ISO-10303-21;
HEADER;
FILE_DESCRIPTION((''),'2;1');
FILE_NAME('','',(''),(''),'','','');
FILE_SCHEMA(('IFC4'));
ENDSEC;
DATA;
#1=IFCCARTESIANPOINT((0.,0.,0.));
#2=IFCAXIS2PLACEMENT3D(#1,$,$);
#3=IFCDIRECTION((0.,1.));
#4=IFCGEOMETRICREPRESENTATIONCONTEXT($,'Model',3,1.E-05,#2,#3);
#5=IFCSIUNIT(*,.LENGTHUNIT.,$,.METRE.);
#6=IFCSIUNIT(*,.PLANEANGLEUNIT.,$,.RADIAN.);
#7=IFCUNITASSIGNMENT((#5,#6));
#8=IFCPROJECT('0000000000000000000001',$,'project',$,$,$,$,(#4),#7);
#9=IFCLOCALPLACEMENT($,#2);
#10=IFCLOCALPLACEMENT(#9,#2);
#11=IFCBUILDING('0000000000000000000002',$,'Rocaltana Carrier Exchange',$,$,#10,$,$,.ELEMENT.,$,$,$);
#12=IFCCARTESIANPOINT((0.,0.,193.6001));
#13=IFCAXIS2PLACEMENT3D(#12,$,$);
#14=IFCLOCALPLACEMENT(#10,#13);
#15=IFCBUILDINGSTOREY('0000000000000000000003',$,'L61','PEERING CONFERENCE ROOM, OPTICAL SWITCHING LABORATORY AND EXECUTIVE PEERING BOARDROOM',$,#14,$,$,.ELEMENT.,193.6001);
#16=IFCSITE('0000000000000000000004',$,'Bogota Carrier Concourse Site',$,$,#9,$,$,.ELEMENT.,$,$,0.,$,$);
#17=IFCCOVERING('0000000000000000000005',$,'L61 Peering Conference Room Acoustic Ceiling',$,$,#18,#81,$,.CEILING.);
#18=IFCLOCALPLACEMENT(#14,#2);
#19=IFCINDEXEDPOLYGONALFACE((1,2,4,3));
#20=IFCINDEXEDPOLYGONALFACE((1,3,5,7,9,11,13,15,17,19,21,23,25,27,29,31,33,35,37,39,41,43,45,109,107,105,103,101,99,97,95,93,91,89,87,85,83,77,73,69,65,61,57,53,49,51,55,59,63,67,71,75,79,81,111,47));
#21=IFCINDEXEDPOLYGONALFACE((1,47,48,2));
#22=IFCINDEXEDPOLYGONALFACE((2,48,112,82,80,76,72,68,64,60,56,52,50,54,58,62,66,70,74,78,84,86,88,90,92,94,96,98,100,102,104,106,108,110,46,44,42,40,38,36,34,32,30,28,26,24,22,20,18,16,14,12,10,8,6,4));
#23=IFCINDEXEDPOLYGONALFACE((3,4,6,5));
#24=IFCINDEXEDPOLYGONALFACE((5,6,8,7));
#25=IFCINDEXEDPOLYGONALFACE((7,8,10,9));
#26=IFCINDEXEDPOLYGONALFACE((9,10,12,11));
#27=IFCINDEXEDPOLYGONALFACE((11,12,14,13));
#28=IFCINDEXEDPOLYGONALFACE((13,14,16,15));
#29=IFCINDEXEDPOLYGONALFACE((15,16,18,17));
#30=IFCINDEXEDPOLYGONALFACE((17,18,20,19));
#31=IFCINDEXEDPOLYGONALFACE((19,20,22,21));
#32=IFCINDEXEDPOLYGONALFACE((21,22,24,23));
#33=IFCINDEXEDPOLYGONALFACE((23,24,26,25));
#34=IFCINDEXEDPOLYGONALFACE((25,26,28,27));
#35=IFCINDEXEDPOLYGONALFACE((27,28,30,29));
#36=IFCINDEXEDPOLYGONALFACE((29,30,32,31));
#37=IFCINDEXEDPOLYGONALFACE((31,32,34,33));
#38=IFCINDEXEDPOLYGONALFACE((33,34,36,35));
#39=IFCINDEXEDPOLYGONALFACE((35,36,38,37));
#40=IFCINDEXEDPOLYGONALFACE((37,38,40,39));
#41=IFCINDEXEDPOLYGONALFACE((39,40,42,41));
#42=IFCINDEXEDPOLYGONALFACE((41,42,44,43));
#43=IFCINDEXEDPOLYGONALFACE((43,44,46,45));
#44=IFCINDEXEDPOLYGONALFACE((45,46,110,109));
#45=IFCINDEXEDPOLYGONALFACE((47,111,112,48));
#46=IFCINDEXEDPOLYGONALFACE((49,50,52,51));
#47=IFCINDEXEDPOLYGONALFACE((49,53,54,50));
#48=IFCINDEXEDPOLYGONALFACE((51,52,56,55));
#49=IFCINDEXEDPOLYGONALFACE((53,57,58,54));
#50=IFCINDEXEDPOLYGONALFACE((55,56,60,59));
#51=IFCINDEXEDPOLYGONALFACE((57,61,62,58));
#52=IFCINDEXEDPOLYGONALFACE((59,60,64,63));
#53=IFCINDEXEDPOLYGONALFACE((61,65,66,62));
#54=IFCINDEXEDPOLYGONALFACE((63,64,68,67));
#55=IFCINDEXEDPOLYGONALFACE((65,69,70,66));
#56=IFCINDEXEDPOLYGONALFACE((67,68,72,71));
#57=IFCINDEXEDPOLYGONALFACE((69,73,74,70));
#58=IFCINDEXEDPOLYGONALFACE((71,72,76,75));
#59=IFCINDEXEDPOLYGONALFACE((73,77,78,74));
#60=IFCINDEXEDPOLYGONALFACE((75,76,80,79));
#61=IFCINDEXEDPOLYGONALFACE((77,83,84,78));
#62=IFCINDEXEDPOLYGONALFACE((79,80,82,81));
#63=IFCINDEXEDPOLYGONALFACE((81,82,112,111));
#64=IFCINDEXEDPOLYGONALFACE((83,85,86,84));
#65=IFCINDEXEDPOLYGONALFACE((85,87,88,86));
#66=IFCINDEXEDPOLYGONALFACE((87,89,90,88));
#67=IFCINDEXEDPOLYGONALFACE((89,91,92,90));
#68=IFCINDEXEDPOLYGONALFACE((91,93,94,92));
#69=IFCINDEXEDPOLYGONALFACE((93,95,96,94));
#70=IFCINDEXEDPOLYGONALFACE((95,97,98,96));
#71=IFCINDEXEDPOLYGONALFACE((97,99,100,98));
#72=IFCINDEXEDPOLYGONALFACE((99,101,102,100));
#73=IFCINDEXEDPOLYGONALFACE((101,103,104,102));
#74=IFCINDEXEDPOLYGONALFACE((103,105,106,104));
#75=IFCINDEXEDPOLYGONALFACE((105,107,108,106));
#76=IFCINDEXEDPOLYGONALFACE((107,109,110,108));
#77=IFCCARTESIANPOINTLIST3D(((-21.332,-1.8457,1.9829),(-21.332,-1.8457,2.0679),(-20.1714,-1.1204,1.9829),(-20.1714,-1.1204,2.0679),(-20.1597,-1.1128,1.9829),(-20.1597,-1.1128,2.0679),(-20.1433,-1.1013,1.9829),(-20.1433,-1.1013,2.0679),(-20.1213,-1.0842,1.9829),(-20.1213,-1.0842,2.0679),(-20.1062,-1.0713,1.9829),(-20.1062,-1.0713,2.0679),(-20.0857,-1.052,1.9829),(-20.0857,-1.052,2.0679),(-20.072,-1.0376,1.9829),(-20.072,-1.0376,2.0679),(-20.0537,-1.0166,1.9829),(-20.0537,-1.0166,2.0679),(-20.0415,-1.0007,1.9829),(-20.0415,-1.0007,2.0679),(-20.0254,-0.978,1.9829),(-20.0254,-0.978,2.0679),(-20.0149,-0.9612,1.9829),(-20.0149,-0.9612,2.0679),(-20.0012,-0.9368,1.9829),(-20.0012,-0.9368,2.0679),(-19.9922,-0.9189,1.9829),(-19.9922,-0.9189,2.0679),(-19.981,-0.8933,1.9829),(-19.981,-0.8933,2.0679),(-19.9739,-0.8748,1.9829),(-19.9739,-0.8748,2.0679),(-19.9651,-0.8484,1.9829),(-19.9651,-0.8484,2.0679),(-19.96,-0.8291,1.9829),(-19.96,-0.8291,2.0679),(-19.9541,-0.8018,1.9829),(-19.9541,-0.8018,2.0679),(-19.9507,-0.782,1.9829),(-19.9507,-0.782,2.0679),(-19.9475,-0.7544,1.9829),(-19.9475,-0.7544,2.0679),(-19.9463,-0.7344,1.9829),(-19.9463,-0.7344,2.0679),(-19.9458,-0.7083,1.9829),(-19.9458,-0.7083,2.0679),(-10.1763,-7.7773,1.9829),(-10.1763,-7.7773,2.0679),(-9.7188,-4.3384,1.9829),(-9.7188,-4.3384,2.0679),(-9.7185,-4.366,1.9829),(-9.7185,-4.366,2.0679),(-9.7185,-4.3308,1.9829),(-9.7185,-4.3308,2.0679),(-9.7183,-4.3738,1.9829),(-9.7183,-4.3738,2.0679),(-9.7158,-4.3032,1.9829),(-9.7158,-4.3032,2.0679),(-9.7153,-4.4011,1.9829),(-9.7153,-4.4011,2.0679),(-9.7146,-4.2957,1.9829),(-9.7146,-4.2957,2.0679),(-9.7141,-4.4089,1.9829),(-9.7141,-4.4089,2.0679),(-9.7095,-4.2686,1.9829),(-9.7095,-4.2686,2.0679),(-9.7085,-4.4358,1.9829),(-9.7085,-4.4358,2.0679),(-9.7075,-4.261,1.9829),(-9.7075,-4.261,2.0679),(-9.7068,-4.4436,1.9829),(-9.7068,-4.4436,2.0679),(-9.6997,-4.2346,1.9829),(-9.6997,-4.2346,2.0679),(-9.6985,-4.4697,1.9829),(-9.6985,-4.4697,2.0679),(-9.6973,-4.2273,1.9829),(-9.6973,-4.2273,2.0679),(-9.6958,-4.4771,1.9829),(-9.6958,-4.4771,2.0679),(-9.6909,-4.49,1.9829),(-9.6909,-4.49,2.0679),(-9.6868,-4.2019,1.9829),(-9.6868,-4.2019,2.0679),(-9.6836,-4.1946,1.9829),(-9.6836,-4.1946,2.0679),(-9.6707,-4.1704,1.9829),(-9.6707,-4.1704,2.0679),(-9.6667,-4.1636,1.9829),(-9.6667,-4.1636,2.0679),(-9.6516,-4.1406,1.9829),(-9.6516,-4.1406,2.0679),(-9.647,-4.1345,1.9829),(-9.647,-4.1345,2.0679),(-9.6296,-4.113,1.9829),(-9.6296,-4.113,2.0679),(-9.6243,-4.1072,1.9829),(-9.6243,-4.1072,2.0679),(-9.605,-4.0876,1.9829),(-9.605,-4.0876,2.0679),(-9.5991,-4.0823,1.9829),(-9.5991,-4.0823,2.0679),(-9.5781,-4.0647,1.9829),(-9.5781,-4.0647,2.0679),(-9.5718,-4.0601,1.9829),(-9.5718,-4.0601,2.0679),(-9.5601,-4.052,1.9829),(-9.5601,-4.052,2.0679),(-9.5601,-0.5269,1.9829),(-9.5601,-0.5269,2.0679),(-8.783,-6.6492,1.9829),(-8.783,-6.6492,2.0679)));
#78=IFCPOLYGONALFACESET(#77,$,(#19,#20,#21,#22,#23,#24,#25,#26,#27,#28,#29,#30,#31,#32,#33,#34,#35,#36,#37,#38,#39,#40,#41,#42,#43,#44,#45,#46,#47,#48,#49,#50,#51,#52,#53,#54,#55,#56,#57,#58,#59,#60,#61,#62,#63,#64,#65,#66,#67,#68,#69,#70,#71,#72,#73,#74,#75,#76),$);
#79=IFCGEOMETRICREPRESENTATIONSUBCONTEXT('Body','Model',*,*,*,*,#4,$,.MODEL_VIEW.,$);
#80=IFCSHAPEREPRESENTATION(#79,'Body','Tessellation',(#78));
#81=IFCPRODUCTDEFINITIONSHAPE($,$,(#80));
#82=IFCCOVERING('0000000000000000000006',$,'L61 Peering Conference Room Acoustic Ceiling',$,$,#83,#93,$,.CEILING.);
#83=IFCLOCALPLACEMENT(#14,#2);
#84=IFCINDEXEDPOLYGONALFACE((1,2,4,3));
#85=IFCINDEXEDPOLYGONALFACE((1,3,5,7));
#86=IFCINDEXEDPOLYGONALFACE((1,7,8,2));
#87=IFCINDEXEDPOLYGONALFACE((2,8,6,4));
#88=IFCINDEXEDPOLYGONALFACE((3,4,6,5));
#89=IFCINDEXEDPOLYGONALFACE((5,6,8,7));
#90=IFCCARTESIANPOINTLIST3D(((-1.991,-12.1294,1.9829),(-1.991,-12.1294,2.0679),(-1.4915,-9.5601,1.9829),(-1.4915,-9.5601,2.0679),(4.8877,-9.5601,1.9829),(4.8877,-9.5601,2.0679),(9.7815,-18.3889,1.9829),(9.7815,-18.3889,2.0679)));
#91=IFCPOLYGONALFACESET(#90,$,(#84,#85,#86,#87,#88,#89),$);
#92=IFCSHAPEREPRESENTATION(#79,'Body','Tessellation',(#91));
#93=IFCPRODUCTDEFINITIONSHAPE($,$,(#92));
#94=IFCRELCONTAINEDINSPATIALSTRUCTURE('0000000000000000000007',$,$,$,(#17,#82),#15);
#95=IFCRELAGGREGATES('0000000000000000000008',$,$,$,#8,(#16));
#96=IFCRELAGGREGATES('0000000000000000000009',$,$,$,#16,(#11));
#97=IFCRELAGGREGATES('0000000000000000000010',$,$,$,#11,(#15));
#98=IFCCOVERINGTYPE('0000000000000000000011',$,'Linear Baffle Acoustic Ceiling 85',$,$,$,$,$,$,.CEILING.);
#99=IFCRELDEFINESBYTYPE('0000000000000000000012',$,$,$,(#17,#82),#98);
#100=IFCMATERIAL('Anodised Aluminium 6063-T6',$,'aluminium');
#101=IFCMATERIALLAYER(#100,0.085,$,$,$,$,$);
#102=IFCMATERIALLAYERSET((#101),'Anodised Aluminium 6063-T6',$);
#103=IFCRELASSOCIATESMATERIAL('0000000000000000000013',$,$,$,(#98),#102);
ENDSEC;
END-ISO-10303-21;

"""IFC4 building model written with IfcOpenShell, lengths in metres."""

from ifc_helpers import new_model, si_unit, direction, frame, origin, place, context, subcontext, project, spatial, polyline, outline, extrude, material, layer, layer_set, type_object, element, save


model = new_model("IFC4")

# Units and contexts
model_context = context("Model", 3, precision=1e-05, world=origin(), true_north=direction((0.0, 1.0)))
body_context = subcontext(model_context, "Body", "Model", "MODEL_VIEW")
ifc_project = project(units=[si_unit("LENGTHUNIT", "METRE"), si_unit("PLANEANGLEUNIT", "RADIAN")], contexts=[model_context])

# Site, building, storey
site_placement = place(None, origin())
site = spatial("IfcSite", under=ifc_project, at=site_placement, Name="Bogota Carrier Concourse Site", CompositionType="ELEMENT", RefElevation=0.0)
building_placement = place(site_placement, origin())
building = spatial("IfcBuilding", under=site, at=building_placement, Name="Rocaltana Carrier Exchange", CompositionType="ELEMENT")
storey_placement = place(building_placement, frame((0.0, 0.0, 193.6001)))
storey = spatial("IfcBuildingStorey", under=building, at=storey_placement, Name="L61", Description="PEERING CONFERENCE ROOM, OPTICAL SWITCHING LABORATORY AND EXECUTIVE PEERING BOARDROOM", CompositionType="ELEMENT", Elevation=193.6001)

# Coverings
ifc_material_1 = material(Name="Anodised Aluminium 6063-T6", Category="aluminium")
ifc_layer_1 = layer(ifc_material_1, 0.085)
ifc_layer_set_1 = layer_set([ifc_layer_1], Name="Anodised Aluminium 6063-T6")
covering_type_1 = type_object("IfcCoveringType", Name="Linear Baffle Acoustic Ceiling 85", PredefinedType="CEILING", material=ifc_layer_set_1)
covering_1_placement = place(storey_placement, frame((0.0, 0.0, 1.9829)))
element("IfcCovering", 1, at=covering_1_placement, inside=storey, type_object=covering_type_1, Name="L61 Peering Conference Room Acoustic Ceiling", PredefinedType="CEILING", context=body_context, shape_type="SweptSolid", body=[
    extrude(outline(polyline([(-20.1714, -1.1204), (-20.1597, -1.1128), (-20.1433, -1.1013), (-20.1213, -1.0842), (-20.1062, -1.0713), (-20.0857, -1.052), (-20.072, -1.0376), (-20.0537, -1.0166), (-20.0415, -1.0007), (-20.0254, -0.978), (-20.0149, -0.9612), (-20.0012, -0.9368), (-19.9922, -0.9189), (-19.981, -0.8933), (-19.9739, -0.8748), (-19.9651, -0.8484), (-19.96, -0.8291), (-19.9541, -0.8018), (-19.9507, -0.782), (-19.9475, -0.7544), (-19.9463, -0.7344), (-19.9458, -0.7083), (-9.5601, -0.5269), (-9.5601, -4.052), (-9.5718, -4.0601), (-9.5781, -4.0647), (-9.5991, -4.0823), (-9.605, -4.0876), (-9.6243, -4.1072), (-9.6296, -4.113), (-9.647, -4.1345), (-9.6516, -4.1406), (-9.6667, -4.1636), (-9.6707, -4.1704), (-9.6836, -4.1946), (-9.6868, -4.2019), (-9.6973, -4.2273), (-9.6997, -4.2346), (-9.7075, -4.261), (-9.7095, -4.2686), (-9.7146, -4.2957), (-9.7158, -4.3032), (-9.7185, -4.3308), (-9.7188, -4.3384), (-9.7185, -4.366), (-9.7183, -4.3738), (-9.7153, -4.4011), (-9.7141, -4.4089), (-9.7085, -4.4358), (-9.7068, -4.4436), (-9.6985, -4.4697), (-9.6958, -4.4771), (-9.6909, -4.49), (-8.783, -6.6492), (-10.1763, -7.7773), (-21.332, -1.8457), (-20.1714, -1.1204)])), origin(), (0.0, 0.0, 1.0), 0.085),
])
covering_2_placement = place(storey_placement, frame((0.0, 0.0, 1.9829)))
element("IfcCovering", 2, at=covering_2_placement, inside=storey, type_object=covering_type_1, Name="L61 Peering Conference Room Acoustic Ceiling", PredefinedType="CEILING", context=body_context, shape_type="SweptSolid", body=[
    extrude(outline(polyline([(-1.991, -12.1294), (-1.4915, -9.5601), (4.8877, -9.5601), (9.7815, -18.3889), (-1.991, -12.1294)])), origin(), (0.0, 0.0, 1.0), 0.085),
])

save(model, "model.ifc")
